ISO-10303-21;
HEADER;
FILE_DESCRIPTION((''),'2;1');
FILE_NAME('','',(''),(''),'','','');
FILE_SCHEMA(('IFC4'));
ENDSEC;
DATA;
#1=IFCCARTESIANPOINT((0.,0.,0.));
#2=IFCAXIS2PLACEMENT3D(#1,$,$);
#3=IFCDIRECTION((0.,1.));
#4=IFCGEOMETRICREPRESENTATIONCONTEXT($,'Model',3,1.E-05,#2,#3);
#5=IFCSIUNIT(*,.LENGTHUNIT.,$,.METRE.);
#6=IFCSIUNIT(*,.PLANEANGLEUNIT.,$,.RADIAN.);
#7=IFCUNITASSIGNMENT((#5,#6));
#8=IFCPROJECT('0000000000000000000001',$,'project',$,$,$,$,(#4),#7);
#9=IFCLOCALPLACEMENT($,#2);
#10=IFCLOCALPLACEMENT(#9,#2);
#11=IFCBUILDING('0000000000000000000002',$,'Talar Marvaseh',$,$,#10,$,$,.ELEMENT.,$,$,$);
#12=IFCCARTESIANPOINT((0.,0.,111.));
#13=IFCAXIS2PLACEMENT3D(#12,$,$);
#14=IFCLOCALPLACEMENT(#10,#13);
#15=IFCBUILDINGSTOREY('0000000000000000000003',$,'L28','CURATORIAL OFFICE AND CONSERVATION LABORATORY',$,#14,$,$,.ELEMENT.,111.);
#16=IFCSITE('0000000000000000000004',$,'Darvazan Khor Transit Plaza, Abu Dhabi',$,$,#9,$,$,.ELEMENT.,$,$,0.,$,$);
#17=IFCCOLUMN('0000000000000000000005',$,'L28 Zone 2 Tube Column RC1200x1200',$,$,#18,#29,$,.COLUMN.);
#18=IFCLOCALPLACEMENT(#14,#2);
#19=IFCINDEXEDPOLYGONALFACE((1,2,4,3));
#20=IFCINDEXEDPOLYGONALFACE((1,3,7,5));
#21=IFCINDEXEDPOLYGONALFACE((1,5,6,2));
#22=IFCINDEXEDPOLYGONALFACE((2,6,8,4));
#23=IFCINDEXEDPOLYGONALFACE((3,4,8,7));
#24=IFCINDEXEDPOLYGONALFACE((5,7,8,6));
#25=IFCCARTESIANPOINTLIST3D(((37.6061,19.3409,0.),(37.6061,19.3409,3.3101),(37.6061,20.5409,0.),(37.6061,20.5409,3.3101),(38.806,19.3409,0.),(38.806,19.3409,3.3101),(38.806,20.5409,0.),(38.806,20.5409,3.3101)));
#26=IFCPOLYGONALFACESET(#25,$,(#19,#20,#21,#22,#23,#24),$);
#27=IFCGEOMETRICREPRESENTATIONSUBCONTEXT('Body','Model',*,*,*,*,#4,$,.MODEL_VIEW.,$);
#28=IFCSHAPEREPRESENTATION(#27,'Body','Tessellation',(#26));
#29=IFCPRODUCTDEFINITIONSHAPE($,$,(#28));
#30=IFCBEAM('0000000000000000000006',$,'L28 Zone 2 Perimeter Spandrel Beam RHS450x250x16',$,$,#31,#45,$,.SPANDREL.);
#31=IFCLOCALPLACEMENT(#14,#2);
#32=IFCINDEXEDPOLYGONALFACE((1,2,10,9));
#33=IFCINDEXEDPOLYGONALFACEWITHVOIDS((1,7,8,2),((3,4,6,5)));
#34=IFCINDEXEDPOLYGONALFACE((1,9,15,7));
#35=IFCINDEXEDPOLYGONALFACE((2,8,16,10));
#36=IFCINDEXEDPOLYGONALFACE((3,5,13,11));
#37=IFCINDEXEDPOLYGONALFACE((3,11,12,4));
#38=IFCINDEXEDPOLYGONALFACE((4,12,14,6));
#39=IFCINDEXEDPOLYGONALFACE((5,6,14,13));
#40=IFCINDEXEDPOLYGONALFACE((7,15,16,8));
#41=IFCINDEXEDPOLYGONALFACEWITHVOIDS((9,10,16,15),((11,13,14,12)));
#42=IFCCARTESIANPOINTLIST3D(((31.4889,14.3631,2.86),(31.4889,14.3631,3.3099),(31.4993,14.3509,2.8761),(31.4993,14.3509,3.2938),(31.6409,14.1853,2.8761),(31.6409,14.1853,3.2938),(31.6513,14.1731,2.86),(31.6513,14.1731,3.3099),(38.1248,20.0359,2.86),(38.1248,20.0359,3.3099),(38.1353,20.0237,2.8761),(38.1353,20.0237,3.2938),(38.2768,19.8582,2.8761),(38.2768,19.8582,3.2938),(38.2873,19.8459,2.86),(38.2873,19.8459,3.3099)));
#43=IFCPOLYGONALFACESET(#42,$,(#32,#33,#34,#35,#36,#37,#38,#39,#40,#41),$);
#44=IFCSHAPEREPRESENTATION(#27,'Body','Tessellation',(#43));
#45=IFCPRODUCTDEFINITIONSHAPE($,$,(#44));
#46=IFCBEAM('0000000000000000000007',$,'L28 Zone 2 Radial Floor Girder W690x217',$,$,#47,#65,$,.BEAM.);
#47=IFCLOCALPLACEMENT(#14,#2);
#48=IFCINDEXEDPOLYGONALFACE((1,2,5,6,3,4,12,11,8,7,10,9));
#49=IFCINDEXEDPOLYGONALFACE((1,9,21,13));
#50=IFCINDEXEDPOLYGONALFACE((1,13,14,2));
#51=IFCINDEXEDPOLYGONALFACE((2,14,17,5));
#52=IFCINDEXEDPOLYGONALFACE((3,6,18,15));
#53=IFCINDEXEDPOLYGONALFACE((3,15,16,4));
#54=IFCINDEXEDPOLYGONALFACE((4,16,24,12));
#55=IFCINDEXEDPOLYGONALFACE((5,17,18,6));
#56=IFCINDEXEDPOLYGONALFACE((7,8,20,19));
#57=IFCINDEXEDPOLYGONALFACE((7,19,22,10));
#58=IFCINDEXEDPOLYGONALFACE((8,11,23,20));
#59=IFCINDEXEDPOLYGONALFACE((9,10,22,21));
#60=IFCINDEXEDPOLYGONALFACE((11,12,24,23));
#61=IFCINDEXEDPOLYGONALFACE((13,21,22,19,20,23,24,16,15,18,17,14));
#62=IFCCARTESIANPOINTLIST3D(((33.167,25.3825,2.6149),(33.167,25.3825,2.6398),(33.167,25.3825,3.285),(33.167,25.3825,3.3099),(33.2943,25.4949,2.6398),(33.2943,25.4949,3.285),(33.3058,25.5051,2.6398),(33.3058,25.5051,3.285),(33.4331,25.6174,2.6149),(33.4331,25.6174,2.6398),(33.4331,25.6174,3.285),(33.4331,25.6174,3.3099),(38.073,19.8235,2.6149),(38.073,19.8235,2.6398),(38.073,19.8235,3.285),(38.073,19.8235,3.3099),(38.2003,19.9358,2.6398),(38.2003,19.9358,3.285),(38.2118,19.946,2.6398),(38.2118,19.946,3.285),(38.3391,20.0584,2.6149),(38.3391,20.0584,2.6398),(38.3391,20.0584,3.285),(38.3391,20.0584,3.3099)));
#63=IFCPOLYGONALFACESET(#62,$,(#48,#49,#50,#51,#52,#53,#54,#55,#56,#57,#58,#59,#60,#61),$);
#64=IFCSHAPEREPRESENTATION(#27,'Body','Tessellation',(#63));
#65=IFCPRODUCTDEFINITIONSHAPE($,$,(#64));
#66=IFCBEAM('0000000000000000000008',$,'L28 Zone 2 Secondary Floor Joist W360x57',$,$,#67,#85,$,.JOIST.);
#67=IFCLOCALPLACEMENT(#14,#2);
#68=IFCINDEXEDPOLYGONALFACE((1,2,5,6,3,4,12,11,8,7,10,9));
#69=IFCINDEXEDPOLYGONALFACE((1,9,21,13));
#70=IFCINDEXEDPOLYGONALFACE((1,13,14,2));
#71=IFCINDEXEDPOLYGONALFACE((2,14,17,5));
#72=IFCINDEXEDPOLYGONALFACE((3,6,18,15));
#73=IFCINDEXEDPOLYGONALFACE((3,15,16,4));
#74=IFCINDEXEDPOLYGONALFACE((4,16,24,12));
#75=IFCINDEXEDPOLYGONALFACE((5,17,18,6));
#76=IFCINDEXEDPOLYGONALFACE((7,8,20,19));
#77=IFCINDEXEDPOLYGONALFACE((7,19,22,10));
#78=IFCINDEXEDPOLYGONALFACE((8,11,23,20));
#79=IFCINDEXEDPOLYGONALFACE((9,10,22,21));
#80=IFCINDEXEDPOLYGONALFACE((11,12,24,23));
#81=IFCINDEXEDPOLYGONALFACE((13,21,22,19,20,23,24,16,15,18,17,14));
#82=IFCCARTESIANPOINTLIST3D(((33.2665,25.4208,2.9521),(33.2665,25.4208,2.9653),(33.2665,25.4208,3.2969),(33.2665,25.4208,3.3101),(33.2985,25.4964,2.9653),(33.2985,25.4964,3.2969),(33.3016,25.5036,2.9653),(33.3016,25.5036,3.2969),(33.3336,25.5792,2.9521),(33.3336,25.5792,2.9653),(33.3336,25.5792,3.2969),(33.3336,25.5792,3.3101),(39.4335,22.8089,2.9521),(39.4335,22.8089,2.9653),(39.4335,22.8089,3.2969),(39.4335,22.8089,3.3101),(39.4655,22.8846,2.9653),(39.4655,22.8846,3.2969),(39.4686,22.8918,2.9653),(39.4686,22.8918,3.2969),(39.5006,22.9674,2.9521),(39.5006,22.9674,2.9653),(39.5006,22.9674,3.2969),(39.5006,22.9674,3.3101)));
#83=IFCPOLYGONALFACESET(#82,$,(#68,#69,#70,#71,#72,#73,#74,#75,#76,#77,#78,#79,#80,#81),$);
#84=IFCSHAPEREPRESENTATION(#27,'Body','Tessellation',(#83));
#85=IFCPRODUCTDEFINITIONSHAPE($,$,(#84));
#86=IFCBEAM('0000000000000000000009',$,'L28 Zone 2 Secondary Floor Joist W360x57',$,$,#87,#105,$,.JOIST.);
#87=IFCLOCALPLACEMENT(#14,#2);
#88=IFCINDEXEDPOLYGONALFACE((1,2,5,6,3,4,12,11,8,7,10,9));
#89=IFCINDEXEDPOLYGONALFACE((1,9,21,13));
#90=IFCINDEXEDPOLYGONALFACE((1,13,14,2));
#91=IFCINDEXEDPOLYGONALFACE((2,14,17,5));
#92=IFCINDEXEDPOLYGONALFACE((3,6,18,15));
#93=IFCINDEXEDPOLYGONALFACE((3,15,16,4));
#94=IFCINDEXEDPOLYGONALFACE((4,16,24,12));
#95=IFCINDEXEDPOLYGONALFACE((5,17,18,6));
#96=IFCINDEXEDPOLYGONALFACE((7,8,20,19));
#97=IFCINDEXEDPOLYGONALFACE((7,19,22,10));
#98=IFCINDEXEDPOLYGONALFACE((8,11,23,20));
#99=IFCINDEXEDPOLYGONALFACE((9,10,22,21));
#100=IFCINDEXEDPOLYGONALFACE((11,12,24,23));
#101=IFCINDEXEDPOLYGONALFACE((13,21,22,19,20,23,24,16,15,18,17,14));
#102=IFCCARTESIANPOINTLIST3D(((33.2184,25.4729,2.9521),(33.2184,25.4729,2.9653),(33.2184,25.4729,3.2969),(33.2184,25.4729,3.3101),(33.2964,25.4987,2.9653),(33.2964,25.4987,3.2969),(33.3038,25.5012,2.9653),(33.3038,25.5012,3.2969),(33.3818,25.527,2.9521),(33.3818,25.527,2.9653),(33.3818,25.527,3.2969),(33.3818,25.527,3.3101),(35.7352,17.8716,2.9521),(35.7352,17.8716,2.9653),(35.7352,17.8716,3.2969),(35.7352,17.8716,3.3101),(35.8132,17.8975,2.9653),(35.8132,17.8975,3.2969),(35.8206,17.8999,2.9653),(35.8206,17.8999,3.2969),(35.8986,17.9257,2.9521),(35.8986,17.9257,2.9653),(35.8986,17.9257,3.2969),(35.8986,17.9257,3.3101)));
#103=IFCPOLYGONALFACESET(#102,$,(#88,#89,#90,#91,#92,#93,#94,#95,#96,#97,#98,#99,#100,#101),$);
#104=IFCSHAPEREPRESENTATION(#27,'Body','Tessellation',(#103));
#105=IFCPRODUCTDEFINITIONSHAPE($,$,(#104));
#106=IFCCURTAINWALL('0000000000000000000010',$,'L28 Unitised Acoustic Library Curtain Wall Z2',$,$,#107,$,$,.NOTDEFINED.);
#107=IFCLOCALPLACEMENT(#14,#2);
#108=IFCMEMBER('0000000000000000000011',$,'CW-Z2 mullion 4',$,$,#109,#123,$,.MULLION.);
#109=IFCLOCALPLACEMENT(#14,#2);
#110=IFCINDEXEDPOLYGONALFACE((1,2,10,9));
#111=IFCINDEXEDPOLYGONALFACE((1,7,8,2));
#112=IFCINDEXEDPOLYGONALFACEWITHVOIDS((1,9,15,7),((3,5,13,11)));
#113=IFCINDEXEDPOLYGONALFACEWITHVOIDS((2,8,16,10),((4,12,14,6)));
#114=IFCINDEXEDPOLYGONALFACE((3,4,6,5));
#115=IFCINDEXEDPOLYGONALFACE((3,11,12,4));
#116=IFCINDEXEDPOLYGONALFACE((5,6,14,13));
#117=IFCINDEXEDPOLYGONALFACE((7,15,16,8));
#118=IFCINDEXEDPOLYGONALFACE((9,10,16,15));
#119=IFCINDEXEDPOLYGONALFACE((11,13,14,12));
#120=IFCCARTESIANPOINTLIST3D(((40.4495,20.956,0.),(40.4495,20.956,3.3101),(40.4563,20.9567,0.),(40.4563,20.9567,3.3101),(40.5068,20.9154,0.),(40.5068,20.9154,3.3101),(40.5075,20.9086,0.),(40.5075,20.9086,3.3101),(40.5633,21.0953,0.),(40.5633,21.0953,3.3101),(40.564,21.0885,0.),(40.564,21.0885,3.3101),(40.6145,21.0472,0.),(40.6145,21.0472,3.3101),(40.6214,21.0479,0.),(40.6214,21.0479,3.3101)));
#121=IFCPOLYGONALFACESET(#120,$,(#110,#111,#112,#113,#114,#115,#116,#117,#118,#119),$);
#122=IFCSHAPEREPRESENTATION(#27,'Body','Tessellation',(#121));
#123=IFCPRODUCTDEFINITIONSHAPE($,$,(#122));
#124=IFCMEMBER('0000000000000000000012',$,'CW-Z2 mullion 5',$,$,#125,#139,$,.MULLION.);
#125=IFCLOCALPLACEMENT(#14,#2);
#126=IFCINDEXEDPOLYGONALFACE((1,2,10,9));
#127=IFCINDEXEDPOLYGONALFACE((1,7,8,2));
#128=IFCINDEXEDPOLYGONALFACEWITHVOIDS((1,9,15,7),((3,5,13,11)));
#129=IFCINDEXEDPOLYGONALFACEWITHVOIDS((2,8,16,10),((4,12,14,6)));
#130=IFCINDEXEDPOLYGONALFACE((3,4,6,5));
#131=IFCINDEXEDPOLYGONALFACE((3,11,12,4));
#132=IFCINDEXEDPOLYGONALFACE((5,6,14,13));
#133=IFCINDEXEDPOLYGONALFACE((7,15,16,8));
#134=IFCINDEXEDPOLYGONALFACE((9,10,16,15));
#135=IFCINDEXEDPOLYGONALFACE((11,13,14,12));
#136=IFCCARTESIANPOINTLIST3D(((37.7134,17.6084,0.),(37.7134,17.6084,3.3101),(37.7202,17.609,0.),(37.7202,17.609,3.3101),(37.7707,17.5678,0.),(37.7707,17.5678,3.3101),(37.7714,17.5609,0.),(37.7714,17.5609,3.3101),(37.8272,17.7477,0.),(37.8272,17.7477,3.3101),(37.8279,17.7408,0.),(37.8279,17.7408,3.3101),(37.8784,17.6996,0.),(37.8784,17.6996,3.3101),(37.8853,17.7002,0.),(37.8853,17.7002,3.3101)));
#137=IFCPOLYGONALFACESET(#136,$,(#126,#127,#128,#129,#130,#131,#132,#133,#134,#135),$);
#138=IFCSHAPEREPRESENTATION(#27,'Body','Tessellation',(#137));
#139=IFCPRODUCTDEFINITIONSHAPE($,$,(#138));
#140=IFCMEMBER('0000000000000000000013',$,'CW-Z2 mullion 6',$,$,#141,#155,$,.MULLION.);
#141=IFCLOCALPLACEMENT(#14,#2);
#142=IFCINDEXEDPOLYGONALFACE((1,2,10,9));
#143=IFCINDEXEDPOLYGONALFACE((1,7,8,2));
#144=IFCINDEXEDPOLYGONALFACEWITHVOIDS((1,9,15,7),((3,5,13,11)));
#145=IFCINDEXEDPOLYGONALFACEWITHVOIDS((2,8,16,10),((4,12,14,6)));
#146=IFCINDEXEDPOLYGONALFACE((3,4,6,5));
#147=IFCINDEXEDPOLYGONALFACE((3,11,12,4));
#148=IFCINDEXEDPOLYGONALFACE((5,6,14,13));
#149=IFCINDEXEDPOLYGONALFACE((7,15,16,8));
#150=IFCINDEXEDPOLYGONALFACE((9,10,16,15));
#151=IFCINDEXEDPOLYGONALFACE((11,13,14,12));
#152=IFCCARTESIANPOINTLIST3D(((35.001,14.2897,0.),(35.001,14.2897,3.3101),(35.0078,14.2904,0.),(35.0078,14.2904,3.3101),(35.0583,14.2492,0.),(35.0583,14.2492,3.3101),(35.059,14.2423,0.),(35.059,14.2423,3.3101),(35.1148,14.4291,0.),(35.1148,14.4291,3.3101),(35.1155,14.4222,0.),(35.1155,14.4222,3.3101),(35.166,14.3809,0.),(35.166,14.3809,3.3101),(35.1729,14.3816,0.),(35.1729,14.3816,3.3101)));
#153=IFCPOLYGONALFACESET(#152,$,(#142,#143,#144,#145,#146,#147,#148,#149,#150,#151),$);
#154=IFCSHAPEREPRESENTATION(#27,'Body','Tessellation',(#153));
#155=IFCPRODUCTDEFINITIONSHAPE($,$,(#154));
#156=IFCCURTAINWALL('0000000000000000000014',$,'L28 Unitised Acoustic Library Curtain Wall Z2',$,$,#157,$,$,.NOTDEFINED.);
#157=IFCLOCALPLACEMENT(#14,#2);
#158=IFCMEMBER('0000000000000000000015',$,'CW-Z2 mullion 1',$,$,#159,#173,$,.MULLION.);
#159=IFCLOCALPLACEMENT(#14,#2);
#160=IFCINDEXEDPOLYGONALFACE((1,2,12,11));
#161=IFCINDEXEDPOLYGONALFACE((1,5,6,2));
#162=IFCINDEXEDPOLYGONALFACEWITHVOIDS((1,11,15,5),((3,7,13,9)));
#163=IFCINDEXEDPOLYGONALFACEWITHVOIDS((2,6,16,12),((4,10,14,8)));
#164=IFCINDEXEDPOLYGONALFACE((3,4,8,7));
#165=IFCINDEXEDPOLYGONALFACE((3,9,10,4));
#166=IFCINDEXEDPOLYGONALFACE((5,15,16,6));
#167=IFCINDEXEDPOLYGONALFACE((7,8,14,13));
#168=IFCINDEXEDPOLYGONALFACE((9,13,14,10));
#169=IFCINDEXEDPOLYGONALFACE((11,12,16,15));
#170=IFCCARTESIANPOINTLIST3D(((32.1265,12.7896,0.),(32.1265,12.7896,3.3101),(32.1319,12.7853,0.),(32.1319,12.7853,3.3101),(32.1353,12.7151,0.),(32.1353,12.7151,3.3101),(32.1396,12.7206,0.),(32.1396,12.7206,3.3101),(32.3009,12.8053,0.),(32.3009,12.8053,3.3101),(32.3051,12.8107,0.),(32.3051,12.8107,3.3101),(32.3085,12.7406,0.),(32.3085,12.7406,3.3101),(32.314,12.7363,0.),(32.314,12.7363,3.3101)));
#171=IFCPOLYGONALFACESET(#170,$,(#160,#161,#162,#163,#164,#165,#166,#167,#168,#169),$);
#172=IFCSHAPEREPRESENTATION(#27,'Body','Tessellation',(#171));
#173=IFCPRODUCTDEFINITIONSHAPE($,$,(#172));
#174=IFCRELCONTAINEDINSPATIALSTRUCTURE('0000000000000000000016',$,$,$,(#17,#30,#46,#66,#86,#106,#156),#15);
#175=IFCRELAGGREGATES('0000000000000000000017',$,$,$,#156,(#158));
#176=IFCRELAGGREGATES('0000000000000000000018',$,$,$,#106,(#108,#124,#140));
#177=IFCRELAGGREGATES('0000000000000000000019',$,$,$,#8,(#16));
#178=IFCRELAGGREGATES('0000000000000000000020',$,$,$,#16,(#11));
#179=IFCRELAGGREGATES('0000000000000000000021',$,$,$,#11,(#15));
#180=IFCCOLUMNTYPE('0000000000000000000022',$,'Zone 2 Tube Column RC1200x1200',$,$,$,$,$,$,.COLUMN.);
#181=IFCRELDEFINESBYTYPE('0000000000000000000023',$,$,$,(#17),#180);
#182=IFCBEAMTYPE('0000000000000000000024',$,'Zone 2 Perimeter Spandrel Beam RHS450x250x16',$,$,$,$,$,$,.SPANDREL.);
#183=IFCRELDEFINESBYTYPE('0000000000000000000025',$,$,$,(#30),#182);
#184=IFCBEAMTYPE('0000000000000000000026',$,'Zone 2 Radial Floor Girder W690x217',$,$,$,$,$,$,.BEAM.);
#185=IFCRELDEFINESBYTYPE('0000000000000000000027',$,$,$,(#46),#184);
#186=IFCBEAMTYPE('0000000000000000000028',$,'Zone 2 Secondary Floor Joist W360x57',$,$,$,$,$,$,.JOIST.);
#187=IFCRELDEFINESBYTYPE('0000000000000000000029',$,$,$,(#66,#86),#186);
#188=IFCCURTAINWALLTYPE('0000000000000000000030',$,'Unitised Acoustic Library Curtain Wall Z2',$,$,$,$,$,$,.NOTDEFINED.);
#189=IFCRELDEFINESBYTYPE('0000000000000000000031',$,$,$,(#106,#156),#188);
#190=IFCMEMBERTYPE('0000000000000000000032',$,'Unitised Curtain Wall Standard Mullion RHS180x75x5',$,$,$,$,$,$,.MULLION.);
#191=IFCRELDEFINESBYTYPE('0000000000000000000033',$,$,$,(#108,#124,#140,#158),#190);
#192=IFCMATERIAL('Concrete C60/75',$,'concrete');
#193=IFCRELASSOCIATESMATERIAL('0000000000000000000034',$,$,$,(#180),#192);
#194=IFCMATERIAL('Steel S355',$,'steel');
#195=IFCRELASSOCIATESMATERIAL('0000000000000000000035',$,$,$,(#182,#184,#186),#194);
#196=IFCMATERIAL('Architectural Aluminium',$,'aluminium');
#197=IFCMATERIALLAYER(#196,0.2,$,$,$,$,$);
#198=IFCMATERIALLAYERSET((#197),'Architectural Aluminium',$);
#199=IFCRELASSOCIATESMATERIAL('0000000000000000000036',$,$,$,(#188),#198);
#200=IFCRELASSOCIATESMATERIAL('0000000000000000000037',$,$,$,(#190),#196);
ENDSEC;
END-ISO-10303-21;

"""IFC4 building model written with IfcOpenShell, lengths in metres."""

from ifc_helpers import new_model, si_unit, direction, frame, origin, origin_2d, place, context, subcontext, project, spatial, rectangle, hollow_rectangle, i_section, extrude, source, transform, mapped, material, layer, layer_set, material_profile, profile_set, type_object, type_shapes, element, aggregate, save


model = new_model("IFC4")

# Units and contexts
model_context = context("Model", 3, precision=1e-05, world=origin(), true_north=direction((0.0, 1.0)))
body_context = subcontext(model_context, "Body", "Model", "MODEL_VIEW")
ifc_project = project(units=[si_unit("LENGTHUNIT", "METRE"), si_unit("PLANEANGLEUNIT", "RADIAN")], contexts=[model_context])

# Site, building, storey
site_placement = place(None, origin())
site = spatial("IfcSite", under=ifc_project, at=site_placement, Name="Darvazan Khor Transit Plaza, Abu Dhabi", CompositionType="ELEMENT", RefElevation=0.0)
building_placement = place(site_placement, origin())
building = spatial("IfcBuilding", under=site, at=building_placement, Name="Talar Marvaseh", CompositionType="ELEMENT")
storey_placement = place(building_placement, frame((0.0, 0.0, 111.0)))
storey = spatial("IfcBuildingStorey", under=building, at=storey_placement, Name="L28", Description="CURATORIAL OFFICE AND CONSERVATION LABORATORY", CompositionType="ELEMENT", Elevation=111.0)

# Column
ifc_material_1 = material(Name="Concrete C60/75", Category="concrete")
ifc_material_profile_1 = material_profile(ifc_material_1, rectangle(XDim=1.2, YDim=1.2, at=origin_2d()), Name="RC1200x1200")
ifc_profile_set_1 = profile_set([ifc_material_profile_1], Name="Concrete C60/75")
column_type = type_object("IfcColumnType", Name="Zone 2 Tube Column RC1200x1200", PredefinedType="COLUMN", material=ifc_profile_set_1)
column_placement = place(storey_placement, frame((38.2061, 19.9409, 0.0), z_axis=(0.0, 0.0, 1.0), x_axis=(1.0, 0.0, 0.0)))
element("IfcColumn", 1, at=column_placement, inside=storey, type_object=column_type, Name="L28 Zone 2 Tube Column RC1200x1200", PredefinedType="COLUMN", context=body_context, shape_type="SweptSolid", body=[
    extrude(rectangle(XDim=1.2, YDim=1.2, at=origin_2d()), origin(), (0.0, 0.0, 1.0), 3.3101),
])

# Beams
ifc_material_2 = material(Name="Steel S355", Category="steel")
ifc_material_profile_2 = material_profile(ifc_material_2, hollow_rectangle(XDim=0.25, YDim=0.45, WallThickness=0.0161, at=origin_2d()), Name="RHS450x250x16")
ifc_profile_set_2 = profile_set([ifc_material_profile_2], Name="Steel S355")
beam_type_1 = type_object("IfcBeamType", Name="Zone 2 Perimeter Spandrel Beam RHS450x250x16", PredefinedType="SPANDREL", material=ifc_profile_set_2)
beam_1_placement = place(storey_placement, frame((38.2061, 19.9409, 3.085), z_axis=(-0.760113, -0.649791, 0.0), x_axis=(0.649791, -0.760113, 0.0)))
element("IfcBeam", 2, at=beam_1_placement, inside=storey, type_object=beam_type_1, Name="L28 Zone 2 Perimeter Spandrel Beam RHS450x250x16", PredefinedType="SPANDREL", context=body_context, shape_type="SweptSolid", body=[
    extrude(hollow_rectangle(XDim=0.25, YDim=0.45, WallThickness=0.0161, at=origin_2d()), origin(), (0.0, 0.0, 1.0), 8.7302),
])
ifc_material_profile_3 = material_profile(ifc_material_2, i_section(OverallWidth=0.355, OverallDepth=0.6951, WebThickness=0.0154, FlangeThickness=0.0249, at=origin_2d()), Name="W690x217")
ifc_profile_set_3 = profile_set([ifc_material_profile_3], Name="Steel S355")
beam_type_2 = type_object("IfcBeamType", Name="Zone 2 Radial Floor Girder W690x217", PredefinedType="BEAM", material=ifc_profile_set_3)
beam_2_placement = place(storey_placement, frame((38.2061, 19.9409, 2.9624), z_axis=(-0.661692, 0.749775, 0.0), x_axis=(-0.749775, -0.661692, 0.0)))
element("IfcBeam", 3, at=beam_2_placement, inside=storey, type_object=beam_type_2, Name="L28 Zone 2 Radial Floor Girder W690x217", PredefinedType="BEAM", context=body_context, shape_type="SweptSolid", body=[
    extrude(i_section(OverallWidth=0.355, OverallDepth=0.6951, WebThickness=0.0154, FlangeThickness=0.0249, at=origin_2d()), origin(), (0.0, 0.0, 1.0), 7.4143),
])
ifc_material_profile_4 = material_profile(ifc_material_2, i_section(OverallWidth=0.1721, OverallDepth=0.3579, WebThickness=0.0078, FlangeThickness=0.0132, at=origin_2d()), Name="W360x57")
ifc_profile_set_4 = profile_set([ifc_material_profile_4], Name="Steel S355")
beam_type_3 = type_object("IfcBeamType", Name="Zone 2 Secondary Floor Joist W360x57", PredefinedType="JOIST", material=ifc_profile_set_4)
beam_3_placement = place(storey_placement, frame((39.467, 22.8882, 3.1311), z_axis=(-0.920822, 0.389982, 0.0), x_axis=(-0.389982, -0.920822, 0.0)))
element("IfcBeam", 4, at=beam_3_placement, inside=storey, type_object=beam_type_3, Name="L28 Zone 2 Secondary Floor Joist W360x57", PredefinedType="JOIST", context=body_context, shape_type="SweptSolid", body=[
    extrude(i_section(OverallWidth=0.1721, OverallDepth=0.3579, WebThickness=0.0078, FlangeThickness=0.0132, at=origin_2d()), origin(), (0.0, 0.0, 1.0), 6.6973),
])
beam_4_placement = place(storey_placement, frame((35.8169, 17.8987, 3.1311), z_axis=(-0.314325, 0.949316, 0.0), x_axis=(-0.949316, -0.314325, 0.0)))
element("IfcBeam", 5, at=beam_4_placement, inside=storey, type_object=beam_type_3, Name="L28 Zone 2 Secondary Floor Joist W360x57", PredefinedType="JOIST", context=body_context, shape_type="SweptSolid", body=[
    extrude(i_section(OverallWidth=0.1721, OverallDepth=0.3579, WebThickness=0.0078, FlangeThickness=0.0132, at=origin_2d()), origin(), (0.0, 0.0, 1.0), 8.0071),
])

# Curtain walls, members
ifc_material_3 = material(Name="Architectural Aluminium", Category="aluminium")
ifc_layer_1 = layer(ifc_material_3, 0.2)
ifc_layer_set_1 = layer_set([ifc_layer_1], Name="Architectural Aluminium")
curtain_wall_type = type_object("IfcCurtainWallType", Name="Unitised Acoustic Library Curtain Wall Z2", PredefinedType="NOTDEFINED", material=ifc_layer_set_1)
curtain_wall_1_placement = place(storey_placement, origin())
curtain_wall_1 = element("IfcCurtainWall", 6, at=curtain_wall_1_placement, inside=storey, type_object=curtain_wall_type, Name="L28 Unitised Acoustic Library Curtain Wall Z2", PredefinedType="NOTDEFINED")
ifc_material_profile_5 = material_profile(ifc_material_3, hollow_rectangle(XDim=0.075, YDim=0.1799, WallThickness=0.0049, at=origin_2d()), Name="RHS180x75x5")
ifc_profile_set_5 = profile_set([ifc_material_profile_5], Name="Architectural Aluminium")
member_type_1 = type_object("IfcMemberType", Name="Unitised Curtain Wall Standard Mullion RHS180x75x5", PredefinedType="MULLION", material=ifc_profile_set_5)
shared_shape_1 = source(origin(), body_context, "Body", "SweptSolid", [
    extrude(hollow_rectangle(XDim=0.075, YDim=0.1799, WallThickness=0.0049, at=origin_2d()), origin(), (0.0, 0.0, 1.0), 3.3101),
])
type_shapes(member_type_1, [shared_shape_1])
member_1_placement = place(storey_placement, frame((40.5354, 21.002, 0.0), z_axis=(0.0, 0.0, 1.0), x_axis=(0.774296, -0.632824, 0.0)))
member_1 = element("IfcMember", 7, at=member_1_placement, type_object=member_type_1, Name="CW-Z2 mullion 4", PredefinedType="MULLION", context=body_context, shape_type="MappedRepresentation", body=[
    mapped(shared_shape_1, transform((0.0, 0.0, 0.0), x_axis=(1.0, 0.0, 0.0), y_axis=(0.0, 1.0, 0.0), z_axis=(0.0, 0.0, 1.0), scale=1.0)),
])
member_2_placement = place(storey_placement, frame((37.7993, 17.6543, 0.0), z_axis=(0.0, 0.0, 1.0), x_axis=(0.774296, -0.632824, 0.0)))
member_2 = element("IfcMember", 8, at=member_2_placement, type_object=member_type_1, Name="CW-Z2 mullion 5", PredefinedType="MULLION", context=body_context, shape_type="MappedRepresentation", body=[
    mapped(shared_shape_1, transform((0.0, 0.0, 0.0), x_axis=(1.0, 0.0, 0.0), y_axis=(0.0, 1.0, 0.0), z_axis=(0.0, 0.0, 1.0), scale=1.0)),
])
member_3_placement = place(storey_placement, frame((35.0869, 14.3357, 0.0), z_axis=(0.0, 0.0, 1.0), x_axis=(0.774296, -0.632824, 0.0)))
member_3 = element("IfcMember", 9, at=member_3_placement, type_object=member_type_1, Name="CW-Z2 mullion 6", PredefinedType="MULLION", context=body_context, shape_type="MappedRepresentation", body=[
    mapped(shared_shape_1, transform((0.0, 0.0, 0.0), x_axis=(1.0, 0.0, 0.0), y_axis=(0.0, 1.0, 0.0), z_axis=(0.0, 0.0, 1.0), scale=1.0)),
])
curtain_wall_2_placement = place(storey_placement, origin())
curtain_wall_2 = element("IfcCurtainWall", 10, at=curtain_wall_2_placement, inside=storey, type_object=curtain_wall_type, Name="L28 Unitised Acoustic Library Curtain Wall Z2", PredefinedType="NOTDEFINED")
member_4_placement = place(storey_placement, frame((32.2202, 12.7629, 0.0), z_axis=(0.0, 0.0, 1.0), x_axis=(0.117691, -0.99305, 0.0)))
member_4 = element("IfcMember", 11, at=member_4_placement, type_object=member_type_1, Name="CW-Z2 mullion 1", PredefinedType="MULLION", context=body_context, shape_type="MappedRepresentation", body=[
    mapped(shared_shape_1, transform((0.0, 0.0, 0.0), x_axis=(1.0, 0.0, 0.0), y_axis=(0.0, 1.0, 0.0), z_axis=(0.0, 0.0, 1.0), scale=1.0)),
])
aggregate(curtain_wall_2, [member_4])

aggregate(curtain_wall_1, [member_1, member_2, member_3])

save(model, "model.ifc")
